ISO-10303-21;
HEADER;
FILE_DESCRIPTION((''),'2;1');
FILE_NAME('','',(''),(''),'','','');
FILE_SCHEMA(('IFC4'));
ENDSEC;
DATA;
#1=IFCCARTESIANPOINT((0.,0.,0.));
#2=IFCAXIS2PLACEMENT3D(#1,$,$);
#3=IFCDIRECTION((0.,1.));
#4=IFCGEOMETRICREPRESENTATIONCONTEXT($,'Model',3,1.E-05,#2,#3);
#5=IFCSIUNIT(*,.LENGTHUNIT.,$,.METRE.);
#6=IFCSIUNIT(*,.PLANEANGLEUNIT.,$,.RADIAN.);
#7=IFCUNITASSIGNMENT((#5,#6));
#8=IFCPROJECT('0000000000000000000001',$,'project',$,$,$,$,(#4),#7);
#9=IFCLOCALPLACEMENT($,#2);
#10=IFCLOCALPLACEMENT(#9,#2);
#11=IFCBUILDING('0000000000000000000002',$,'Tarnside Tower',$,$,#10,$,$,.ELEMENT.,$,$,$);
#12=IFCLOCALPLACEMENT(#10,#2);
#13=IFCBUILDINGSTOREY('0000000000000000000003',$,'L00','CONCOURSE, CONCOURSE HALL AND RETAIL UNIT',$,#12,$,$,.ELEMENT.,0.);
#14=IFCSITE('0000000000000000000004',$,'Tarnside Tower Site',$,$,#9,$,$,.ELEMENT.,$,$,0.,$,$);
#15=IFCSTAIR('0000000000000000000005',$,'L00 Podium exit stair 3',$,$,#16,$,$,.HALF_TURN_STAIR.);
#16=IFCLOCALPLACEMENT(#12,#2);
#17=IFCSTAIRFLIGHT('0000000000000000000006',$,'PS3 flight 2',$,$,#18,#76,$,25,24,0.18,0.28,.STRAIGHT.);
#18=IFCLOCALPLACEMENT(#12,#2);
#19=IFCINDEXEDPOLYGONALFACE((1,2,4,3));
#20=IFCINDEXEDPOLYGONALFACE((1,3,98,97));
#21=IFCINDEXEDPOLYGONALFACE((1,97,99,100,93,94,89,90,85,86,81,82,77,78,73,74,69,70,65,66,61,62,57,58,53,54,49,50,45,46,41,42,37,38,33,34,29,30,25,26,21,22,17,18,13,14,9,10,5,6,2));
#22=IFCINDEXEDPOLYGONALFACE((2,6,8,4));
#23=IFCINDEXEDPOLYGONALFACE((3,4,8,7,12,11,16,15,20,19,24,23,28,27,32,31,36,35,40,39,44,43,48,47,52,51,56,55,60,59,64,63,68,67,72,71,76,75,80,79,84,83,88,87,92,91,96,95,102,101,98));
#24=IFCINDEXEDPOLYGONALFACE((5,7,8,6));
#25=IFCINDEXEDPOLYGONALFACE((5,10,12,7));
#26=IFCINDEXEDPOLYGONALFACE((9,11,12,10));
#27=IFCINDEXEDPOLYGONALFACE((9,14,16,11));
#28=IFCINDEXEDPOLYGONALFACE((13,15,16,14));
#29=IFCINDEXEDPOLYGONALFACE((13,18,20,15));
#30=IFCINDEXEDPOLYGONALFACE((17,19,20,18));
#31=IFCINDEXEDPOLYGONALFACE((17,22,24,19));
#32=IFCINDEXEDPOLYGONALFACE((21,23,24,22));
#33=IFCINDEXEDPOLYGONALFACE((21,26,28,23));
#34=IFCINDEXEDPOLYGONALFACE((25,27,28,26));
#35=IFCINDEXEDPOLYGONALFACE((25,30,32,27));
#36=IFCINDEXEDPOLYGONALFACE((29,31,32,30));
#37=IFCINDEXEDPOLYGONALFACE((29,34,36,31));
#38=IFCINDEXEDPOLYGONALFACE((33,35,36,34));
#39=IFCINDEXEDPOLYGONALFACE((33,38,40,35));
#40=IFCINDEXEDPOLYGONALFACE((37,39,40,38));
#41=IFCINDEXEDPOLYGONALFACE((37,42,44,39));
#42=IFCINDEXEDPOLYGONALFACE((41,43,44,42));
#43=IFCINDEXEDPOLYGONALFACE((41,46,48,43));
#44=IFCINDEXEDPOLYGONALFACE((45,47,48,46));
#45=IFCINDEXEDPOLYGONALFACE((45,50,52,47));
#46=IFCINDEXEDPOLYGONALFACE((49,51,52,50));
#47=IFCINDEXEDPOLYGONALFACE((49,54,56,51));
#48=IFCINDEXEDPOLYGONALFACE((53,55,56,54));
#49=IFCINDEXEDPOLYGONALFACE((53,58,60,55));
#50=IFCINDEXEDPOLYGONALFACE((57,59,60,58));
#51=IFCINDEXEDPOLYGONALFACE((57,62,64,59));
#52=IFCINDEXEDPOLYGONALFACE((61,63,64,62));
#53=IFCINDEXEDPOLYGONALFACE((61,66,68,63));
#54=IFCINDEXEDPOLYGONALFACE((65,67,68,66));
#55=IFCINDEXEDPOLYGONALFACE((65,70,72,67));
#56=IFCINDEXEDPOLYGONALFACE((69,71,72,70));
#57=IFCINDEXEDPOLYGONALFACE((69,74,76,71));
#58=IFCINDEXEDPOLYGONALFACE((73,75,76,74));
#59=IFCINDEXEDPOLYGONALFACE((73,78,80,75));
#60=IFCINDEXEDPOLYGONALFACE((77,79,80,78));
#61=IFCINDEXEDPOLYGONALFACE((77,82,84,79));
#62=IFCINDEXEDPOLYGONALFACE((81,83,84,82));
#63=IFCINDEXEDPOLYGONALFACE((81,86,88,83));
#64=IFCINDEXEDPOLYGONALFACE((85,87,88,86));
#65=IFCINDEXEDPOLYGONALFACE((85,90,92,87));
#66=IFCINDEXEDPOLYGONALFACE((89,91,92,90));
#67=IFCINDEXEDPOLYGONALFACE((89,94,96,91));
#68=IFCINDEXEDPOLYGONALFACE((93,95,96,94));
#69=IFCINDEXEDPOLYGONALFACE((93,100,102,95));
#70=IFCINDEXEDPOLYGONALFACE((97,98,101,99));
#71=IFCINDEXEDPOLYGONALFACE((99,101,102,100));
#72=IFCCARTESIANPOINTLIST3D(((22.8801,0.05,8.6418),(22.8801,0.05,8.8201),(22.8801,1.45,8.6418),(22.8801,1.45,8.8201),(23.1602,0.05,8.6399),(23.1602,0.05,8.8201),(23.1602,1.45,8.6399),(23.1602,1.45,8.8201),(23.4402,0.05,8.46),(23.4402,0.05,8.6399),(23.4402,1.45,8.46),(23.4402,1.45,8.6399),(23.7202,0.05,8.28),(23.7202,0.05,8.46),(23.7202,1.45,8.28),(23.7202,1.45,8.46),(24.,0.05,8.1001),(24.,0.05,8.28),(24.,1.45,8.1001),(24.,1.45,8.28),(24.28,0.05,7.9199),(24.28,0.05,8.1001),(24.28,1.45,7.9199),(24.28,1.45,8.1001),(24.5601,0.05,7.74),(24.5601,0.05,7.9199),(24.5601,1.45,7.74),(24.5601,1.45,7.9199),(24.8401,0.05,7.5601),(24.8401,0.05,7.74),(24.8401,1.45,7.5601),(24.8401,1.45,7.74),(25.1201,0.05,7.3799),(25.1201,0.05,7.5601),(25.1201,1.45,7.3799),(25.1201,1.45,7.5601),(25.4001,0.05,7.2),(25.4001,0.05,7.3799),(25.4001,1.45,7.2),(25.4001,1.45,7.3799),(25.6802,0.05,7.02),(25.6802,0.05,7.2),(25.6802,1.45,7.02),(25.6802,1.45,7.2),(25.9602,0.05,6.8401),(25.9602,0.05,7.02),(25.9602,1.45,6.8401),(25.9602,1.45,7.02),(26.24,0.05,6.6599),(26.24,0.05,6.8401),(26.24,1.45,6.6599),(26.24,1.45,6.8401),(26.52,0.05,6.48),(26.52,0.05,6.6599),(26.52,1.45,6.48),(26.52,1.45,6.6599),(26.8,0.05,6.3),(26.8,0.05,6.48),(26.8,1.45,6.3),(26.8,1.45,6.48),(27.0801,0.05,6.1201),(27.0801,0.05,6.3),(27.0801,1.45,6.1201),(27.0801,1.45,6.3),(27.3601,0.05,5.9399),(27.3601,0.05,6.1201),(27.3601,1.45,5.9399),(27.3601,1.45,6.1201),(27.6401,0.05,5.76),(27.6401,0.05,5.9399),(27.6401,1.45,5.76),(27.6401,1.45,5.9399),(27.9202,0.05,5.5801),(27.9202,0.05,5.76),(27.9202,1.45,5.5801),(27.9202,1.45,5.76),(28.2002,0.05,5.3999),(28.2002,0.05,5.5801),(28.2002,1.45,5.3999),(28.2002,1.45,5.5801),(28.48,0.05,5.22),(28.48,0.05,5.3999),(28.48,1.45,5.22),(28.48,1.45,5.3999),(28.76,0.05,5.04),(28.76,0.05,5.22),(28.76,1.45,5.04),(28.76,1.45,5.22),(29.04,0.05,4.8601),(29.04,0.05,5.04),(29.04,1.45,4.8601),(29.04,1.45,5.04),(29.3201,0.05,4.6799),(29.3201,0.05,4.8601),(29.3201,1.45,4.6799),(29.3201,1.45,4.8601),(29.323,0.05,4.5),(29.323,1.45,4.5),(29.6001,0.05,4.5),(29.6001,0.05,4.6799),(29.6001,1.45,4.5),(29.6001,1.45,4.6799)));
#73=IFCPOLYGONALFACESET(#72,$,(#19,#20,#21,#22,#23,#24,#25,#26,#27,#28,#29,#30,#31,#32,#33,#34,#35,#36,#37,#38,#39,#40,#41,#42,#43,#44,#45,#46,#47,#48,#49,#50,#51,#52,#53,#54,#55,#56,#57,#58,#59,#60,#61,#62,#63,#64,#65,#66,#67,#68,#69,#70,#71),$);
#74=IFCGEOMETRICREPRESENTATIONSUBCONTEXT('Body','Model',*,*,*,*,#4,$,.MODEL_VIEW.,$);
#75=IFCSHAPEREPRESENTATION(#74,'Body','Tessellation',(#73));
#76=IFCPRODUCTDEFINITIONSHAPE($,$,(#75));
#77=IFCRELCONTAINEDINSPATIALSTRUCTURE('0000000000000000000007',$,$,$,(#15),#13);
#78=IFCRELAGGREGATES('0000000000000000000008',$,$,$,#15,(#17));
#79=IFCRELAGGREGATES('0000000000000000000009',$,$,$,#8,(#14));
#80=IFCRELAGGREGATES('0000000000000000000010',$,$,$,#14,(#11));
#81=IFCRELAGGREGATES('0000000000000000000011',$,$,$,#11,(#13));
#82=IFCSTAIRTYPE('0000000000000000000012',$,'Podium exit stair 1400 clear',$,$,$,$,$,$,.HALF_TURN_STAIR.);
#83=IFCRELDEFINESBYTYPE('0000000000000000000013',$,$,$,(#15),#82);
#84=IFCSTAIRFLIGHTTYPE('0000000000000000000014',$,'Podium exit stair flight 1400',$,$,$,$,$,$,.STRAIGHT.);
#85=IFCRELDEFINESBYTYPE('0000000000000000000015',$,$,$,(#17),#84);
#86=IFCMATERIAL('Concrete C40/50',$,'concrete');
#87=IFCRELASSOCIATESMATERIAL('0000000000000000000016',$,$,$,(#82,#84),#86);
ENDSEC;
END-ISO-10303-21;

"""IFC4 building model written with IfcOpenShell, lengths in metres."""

from ifc_helpers import new_model, si_unit, direction, frame, origin, place, context, subcontext, project, spatial, polyline, outline, extrude, material, type_object, element, aggregate, save


model = new_model("IFC4")

# Units and contexts
model_context = context("Model", 3, precision=1e-05, world=origin(), true_north=direction((0.0, 1.0)))
body_context = subcontext(model_context, "Body", "Model", "MODEL_VIEW")
ifc_project = project(units=[si_unit("LENGTHUNIT", "METRE"), si_unit("PLANEANGLEUNIT", "RADIAN")], contexts=[model_context])

# Site, building, storey
site_placement = place(None, origin())
site = spatial("IfcSite", under=ifc_project, at=site_placement, Name="Tarnside Tower Site", CompositionType="ELEMENT", RefElevation=0.0)
building_placement = place(site_placement, origin())
building = spatial("IfcBuilding", under=site, at=building_placement, Name="Tarnside Tower", CompositionType="ELEMENT")
storey_placement = place(building_placement, origin())
storey = spatial("IfcBuildingStorey", under=building, at=storey_placement, Name="L00", Description="CONCOURSE, CONCOURSE HALL AND RETAIL UNIT", CompositionType="ELEMENT", Elevation=0.0)

# Stair, stair flight
ifc_material_1 = material(Name="Concrete C40/50", Category="concrete")
stair_type = type_object("IfcStairType", Name="Podium exit stair 1400 clear", PredefinedType="HALF_TURN_STAIR", material=ifc_material_1)
stair_placement = place(storey_placement, origin())
stair = element("IfcStair", 1, at=stair_placement, inside=storey, type_object=stair_type, Name="L00 Podium exit stair 3", PredefinedType="HALF_TURN_STAIR")
stair_flight_type = type_object("IfcStairFlightType", Name="Podium exit stair flight 1400", PredefinedType="STRAIGHT", material=ifc_material_1)
stair_flight_placement = place(storey_placement, frame((29.6001, 0.75, 4.5), z_axis=(0.0, 0.0, 1.0), x_axis=(-1.0, 0.0, 0.0)))
stair_flight = element("IfcStairFlight", 2, at=stair_flight_placement, type_object=stair_flight_type, Name="PS3 flight 2", NumberOfRisers=25, NumberOfTreads=24, PredefinedType="STRAIGHT", RiserHeight=0.18, TreadLength=0.28, context=body_context, shape_type="SweptSolid", body=[
    extrude(outline(polyline([(0.0, 0.0), (0.0, 0.1799), (0.28, 0.1799), (0.28, 0.3601), (0.5601, 0.3601), (0.5601, 0.54), (0.8401, 0.54), (0.8401, 0.72), (1.1201, 0.72), (1.1201, 0.8999), (1.3999, 0.8999), (1.3999, 1.0801), (1.6799, 1.0801), (1.6799, 1.26), (1.96, 1.26), (1.96, 1.4399), (2.24, 1.4399), (2.24, 1.6201), (2.52, 1.6201), (2.52, 1.8), (2.8, 1.8), (2.8, 1.98), (3.0801, 1.98), (3.0801, 2.1599), (3.3601, 2.1599), (3.3601, 2.3401), (3.6399, 2.3401), (3.6399, 2.52), (3.9199, 2.52), (3.9199, 2.7), (4.2, 2.7), (4.2, 2.8799), (4.48, 2.8799), (4.48, 3.0601), (4.76, 3.0601), (4.76, 3.24), (5.04, 3.24), (5.04, 3.4199), (5.3201, 3.4199), (5.3201, 3.6001), (5.6001, 3.6001), (5.6001, 3.78), (5.8799, 3.78), (5.8799, 3.96), (6.1599, 3.96), (6.1599, 4.1399), (6.4399, 4.1399), (6.4399, 4.3201), (6.72, 4.3201), (6.72, 4.5), (6.72, 4.1418), (0.2771, 0.0), (0.0, 0.0)])), frame((0.0, 0.7, 0.0), z_axis=(0.0, -1.0, 0.0), x_axis=(1.0, 0.0, 0.0)), (0.0, 0.0, 1.0), 1.3999),
])
aggregate(stair, [stair_flight])

save(model, "model.ifc")
